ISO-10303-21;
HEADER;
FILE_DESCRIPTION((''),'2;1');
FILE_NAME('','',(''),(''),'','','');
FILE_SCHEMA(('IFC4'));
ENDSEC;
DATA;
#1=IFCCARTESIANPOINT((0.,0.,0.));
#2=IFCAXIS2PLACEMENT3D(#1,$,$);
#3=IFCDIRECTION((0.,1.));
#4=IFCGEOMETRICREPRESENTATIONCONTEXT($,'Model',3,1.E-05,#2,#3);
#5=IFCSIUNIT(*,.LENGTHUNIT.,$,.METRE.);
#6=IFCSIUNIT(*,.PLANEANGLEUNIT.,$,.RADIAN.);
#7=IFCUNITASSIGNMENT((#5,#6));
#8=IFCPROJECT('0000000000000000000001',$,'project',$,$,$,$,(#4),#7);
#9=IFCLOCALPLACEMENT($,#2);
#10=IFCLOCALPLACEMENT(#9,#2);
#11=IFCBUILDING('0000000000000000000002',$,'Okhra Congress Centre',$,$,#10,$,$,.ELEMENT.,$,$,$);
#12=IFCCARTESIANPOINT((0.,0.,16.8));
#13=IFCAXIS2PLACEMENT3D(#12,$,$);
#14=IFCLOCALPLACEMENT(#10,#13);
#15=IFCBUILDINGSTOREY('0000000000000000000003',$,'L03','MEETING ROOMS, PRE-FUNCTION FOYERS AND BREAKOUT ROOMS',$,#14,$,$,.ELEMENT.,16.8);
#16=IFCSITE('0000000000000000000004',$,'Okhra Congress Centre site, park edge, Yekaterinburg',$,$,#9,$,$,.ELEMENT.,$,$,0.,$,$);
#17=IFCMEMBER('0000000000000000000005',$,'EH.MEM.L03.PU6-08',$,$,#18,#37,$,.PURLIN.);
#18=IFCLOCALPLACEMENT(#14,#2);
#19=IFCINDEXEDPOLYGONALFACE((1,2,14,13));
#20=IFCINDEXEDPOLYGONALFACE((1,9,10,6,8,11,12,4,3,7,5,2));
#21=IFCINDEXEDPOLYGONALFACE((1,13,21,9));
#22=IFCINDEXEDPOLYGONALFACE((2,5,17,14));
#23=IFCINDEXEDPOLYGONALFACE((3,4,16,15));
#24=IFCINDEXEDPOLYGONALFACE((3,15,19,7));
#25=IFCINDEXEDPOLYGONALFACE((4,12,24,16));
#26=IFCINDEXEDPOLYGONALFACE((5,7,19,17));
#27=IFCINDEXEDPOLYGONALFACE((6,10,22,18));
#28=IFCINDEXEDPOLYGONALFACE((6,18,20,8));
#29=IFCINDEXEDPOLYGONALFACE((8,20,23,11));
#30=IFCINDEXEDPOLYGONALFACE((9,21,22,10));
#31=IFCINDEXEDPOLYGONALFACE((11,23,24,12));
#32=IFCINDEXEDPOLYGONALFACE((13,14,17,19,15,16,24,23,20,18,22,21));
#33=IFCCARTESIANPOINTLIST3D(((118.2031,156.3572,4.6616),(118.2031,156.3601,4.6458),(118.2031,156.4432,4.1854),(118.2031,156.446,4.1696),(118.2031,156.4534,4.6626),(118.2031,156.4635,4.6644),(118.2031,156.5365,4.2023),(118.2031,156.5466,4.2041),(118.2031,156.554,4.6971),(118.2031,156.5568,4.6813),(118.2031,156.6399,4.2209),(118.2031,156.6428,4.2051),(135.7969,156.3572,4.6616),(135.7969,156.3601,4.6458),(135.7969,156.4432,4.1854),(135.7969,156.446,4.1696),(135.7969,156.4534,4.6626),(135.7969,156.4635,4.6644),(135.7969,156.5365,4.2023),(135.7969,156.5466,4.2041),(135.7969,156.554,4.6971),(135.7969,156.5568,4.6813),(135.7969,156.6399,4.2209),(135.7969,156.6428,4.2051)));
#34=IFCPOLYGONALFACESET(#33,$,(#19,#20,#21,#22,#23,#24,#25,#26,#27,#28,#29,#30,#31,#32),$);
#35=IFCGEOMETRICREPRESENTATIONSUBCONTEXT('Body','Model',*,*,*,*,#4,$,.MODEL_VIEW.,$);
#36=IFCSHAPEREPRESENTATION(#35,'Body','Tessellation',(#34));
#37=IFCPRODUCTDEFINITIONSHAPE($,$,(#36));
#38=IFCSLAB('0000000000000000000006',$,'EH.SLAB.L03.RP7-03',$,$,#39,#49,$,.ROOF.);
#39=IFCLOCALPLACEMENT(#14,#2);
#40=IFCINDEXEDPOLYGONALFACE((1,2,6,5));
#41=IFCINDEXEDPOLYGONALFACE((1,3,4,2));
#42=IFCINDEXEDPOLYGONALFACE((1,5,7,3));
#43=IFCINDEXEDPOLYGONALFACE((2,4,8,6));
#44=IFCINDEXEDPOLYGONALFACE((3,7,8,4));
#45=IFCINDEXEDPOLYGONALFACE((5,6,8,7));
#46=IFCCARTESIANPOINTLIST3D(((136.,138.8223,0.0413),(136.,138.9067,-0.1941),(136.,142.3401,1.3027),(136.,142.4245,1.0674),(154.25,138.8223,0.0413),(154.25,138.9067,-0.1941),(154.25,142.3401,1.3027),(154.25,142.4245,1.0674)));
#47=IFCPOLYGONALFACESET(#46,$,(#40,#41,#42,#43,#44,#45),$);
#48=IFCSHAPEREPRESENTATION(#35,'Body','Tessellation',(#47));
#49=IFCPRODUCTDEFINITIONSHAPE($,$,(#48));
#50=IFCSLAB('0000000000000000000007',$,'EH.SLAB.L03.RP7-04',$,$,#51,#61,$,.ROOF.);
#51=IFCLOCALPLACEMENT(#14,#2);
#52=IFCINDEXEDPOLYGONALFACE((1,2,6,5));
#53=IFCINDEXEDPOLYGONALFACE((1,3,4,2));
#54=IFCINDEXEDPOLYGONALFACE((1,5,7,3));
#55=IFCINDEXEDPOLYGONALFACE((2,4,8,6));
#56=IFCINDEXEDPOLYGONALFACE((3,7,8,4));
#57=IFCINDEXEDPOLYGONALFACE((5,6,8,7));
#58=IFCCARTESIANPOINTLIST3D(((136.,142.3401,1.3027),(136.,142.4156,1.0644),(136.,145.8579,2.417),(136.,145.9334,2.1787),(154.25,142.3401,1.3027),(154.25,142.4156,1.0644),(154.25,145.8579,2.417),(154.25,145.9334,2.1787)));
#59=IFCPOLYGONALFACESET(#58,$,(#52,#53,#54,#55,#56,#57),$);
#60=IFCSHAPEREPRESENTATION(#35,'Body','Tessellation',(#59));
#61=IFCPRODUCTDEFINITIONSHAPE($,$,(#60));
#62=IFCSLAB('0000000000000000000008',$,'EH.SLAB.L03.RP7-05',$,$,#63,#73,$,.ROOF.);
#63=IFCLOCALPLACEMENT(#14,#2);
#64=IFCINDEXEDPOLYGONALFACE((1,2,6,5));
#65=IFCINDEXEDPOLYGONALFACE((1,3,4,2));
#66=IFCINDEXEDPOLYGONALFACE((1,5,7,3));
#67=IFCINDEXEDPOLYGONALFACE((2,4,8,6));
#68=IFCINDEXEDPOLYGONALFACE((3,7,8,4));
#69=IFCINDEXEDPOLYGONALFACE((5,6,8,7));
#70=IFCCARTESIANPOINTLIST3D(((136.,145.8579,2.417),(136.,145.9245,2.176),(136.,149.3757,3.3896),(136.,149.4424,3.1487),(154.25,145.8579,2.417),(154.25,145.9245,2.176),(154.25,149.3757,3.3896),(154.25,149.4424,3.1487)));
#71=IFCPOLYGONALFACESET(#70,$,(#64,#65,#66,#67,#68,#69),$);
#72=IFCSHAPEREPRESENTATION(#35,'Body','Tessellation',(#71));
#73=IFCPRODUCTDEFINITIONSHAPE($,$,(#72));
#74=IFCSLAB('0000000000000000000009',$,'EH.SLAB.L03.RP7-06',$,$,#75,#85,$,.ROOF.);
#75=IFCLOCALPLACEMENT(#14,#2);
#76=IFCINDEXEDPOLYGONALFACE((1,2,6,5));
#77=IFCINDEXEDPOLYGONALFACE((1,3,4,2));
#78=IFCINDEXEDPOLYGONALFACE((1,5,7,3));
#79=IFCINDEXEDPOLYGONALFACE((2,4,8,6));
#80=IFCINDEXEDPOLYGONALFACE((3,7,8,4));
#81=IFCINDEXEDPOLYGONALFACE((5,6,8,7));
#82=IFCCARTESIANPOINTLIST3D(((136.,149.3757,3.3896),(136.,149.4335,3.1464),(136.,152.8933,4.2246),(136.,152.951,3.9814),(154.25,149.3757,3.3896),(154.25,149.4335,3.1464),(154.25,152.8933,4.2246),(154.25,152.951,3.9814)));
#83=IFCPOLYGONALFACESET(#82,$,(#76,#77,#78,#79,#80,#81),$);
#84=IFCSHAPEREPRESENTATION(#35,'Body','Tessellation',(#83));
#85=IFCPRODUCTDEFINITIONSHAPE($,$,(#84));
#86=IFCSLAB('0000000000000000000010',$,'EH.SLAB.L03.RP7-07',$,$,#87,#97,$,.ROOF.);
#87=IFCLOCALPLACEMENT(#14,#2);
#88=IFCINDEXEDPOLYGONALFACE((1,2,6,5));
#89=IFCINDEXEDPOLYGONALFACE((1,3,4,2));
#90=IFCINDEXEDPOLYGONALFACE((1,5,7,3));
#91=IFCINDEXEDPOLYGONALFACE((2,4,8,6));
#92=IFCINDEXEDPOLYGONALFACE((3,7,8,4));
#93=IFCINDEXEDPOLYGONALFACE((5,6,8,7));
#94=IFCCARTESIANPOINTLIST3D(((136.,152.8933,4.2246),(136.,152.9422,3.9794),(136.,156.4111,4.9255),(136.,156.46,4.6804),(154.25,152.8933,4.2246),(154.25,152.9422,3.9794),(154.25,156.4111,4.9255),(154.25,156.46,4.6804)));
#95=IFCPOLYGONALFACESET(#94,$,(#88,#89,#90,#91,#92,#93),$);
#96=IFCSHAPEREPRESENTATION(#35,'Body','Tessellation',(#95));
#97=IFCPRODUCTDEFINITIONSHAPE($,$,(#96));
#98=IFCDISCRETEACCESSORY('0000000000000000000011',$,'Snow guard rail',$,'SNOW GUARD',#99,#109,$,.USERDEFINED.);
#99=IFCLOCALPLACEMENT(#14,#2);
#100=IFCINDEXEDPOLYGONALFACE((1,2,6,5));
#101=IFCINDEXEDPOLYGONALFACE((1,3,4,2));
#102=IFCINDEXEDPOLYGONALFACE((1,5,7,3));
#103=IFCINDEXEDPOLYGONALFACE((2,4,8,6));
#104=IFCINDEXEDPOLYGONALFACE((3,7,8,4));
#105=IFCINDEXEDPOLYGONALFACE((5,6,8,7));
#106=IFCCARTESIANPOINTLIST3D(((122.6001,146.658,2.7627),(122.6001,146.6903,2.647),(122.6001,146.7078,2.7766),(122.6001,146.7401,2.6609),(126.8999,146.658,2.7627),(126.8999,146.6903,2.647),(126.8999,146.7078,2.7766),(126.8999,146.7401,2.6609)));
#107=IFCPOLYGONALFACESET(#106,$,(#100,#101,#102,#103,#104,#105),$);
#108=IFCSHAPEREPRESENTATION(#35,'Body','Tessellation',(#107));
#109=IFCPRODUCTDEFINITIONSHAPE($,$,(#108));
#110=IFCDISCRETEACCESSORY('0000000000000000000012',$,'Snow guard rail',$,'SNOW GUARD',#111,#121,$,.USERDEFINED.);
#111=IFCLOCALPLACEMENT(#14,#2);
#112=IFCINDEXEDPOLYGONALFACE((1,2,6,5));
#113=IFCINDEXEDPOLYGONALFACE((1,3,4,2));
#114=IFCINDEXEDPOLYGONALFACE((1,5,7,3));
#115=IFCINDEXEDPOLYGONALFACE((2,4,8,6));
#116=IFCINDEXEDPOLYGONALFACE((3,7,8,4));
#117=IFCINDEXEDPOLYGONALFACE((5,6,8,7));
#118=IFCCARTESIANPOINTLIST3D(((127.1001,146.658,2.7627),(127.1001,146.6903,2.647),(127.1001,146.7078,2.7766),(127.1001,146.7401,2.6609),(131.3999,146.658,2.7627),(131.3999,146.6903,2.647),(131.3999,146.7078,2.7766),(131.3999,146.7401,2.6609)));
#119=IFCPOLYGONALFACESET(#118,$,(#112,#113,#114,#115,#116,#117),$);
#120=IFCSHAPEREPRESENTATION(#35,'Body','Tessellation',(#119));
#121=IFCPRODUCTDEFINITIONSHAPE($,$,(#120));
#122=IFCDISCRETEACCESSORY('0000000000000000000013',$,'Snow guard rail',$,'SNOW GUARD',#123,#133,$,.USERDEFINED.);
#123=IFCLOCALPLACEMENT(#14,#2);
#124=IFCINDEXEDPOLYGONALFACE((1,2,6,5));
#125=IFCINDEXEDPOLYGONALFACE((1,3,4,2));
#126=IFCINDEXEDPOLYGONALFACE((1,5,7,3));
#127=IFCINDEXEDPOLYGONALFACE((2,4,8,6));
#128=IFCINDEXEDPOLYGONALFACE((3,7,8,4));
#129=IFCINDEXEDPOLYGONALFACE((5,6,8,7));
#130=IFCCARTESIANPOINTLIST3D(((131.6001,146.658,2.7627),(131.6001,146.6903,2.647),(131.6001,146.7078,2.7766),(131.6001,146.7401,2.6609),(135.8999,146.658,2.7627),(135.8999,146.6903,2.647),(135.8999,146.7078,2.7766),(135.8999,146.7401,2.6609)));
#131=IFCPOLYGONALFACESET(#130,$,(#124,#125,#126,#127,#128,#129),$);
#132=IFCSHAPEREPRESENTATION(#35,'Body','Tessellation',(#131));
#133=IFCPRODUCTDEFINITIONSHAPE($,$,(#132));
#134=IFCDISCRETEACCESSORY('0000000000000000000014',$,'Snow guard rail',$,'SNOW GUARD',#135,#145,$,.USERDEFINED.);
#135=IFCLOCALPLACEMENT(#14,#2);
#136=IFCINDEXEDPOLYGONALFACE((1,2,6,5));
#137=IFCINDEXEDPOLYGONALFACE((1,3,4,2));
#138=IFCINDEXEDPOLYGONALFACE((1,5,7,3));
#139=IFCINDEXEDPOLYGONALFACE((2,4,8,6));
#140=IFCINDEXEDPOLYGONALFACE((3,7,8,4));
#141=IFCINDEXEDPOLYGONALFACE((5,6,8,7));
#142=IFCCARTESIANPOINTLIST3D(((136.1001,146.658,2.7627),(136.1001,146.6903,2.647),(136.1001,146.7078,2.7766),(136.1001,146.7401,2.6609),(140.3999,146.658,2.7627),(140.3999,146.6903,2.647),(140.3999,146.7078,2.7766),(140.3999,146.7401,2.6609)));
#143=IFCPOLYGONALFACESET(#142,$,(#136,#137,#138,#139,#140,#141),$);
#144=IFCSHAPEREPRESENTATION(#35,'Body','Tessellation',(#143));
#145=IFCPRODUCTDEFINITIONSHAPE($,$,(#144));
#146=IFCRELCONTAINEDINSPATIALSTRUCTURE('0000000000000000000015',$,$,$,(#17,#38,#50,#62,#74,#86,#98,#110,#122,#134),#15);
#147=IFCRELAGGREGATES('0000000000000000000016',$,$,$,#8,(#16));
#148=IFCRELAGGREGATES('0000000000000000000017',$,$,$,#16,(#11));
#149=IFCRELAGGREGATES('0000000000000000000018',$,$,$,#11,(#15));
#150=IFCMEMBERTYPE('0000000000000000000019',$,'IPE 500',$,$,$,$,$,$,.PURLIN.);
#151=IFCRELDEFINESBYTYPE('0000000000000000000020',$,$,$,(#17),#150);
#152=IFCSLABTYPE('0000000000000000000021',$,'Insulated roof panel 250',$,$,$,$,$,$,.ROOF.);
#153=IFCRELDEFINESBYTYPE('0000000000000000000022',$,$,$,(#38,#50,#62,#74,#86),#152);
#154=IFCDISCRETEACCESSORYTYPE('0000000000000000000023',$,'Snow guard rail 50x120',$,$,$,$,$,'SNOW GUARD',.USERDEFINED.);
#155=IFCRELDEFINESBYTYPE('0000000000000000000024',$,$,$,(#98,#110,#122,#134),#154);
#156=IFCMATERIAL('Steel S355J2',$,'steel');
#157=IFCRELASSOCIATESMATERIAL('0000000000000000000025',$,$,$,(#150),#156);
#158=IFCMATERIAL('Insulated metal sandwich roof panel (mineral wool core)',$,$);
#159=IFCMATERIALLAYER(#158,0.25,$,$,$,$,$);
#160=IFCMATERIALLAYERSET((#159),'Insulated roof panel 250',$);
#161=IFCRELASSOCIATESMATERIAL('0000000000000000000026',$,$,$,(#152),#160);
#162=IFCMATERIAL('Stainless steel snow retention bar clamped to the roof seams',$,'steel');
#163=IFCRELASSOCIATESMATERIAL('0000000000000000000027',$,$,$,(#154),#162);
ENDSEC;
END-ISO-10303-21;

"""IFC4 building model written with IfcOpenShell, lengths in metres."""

from ifc_helpers import new_model, si_unit, direction, frame, origin, origin_2d, place, context, subcontext, project, spatial, polyline, i_section, outline, extrude, material, layer, layer_set, material_profile, profile_set, type_object, element, save


model = new_model("IFC4")

# Units and contexts
model_context = context("Model", 3, precision=1e-05, world=origin(), true_north=direction((0.0, 1.0)))
body_context = subcontext(model_context, "Body", "Model", "MODEL_VIEW")
ifc_project = project(units=[si_unit("LENGTHUNIT", "METRE"), si_unit("PLANEANGLEUNIT", "RADIAN")], contexts=[model_context])

# Site, building, storey
site_placement = place(None, origin())
site = spatial("IfcSite", under=ifc_project, at=site_placement, Name="Okhra Congress Centre site, park edge, Yekaterinburg", CompositionType="ELEMENT", RefElevation=0.0)
building_placement = place(site_placement, origin())
building = spatial("IfcBuilding", under=site, at=building_placement, Name="Okhra Congress Centre", CompositionType="ELEMENT")
storey_placement = place(building_placement, frame((0.0, 0.0, 16.8)))
storey = spatial("IfcBuildingStorey", under=building, at=storey_placement, Name="L03", Description="MEETING ROOMS, PRE-FUNCTION FOYERS AND BREAKOUT ROOMS", CompositionType="ELEMENT", Elevation=16.8)

# Member
ifc_material_1 = material(Name="Steel S355J2", Category="steel")
ifc_material_profile_1 = material_profile(ifc_material_1, i_section(OverallWidth=0.2, OverallDepth=0.5, WebThickness=0.0103, FlangeThickness=0.0161, at=origin_2d()), Name="IPE 500")
ifc_profile_set_1 = profile_set([ifc_material_profile_1], Name="Steel S355J2")
member_type_1 = type_object("IfcMemberType", Name="IPE 500", PredefinedType="PURLIN", material=ifc_profile_set_1)
for number, where, z_axis, x_axis, name in (
    (1, (118.2031, 156.5, 4.4333), (1.0, 0.0, 0.0), (0.0, 0.98409, 0.177669), "EH.MEM.L03.PU6-08"),
):
    element("IfcMember", number, at=place(storey_placement, frame(where, z_axis=z_axis, x_axis=x_axis)), inside=storey, type_object=member_type_1, Name=name, PredefinedType="PURLIN", context=body_context, shape_type="SweptSolid", body=[
        extrude(i_section(OverallWidth=0.2, OverallDepth=0.5, WebThickness=0.0103, FlangeThickness=0.0161, at=origin_2d()), origin(), (0.0, 0.0, 1.0), 17.5938),
    ])

# Slabs
ifc_material_2 = material(Name="Insulated metal sandwich roof panel (mineral wool core)")
ifc_layer = layer(ifc_material_2, 0.25)
ifc_layer_set = layer_set([ifc_layer], Name="Insulated roof panel 250")
slab_type = type_object("IfcSlabType", Name="Insulated roof panel 250", PredefinedType="ROOF", material=ifc_layer_set)
slab_1_placement = place(storey_placement, frame((136.0, 138.8223, 0.0413), z_axis=(0.0, -0.337549, 0.941308), x_axis=(1.0, 0.0, 0.0)))
element("IfcSlab", 2, at=slab_1_placement, inside=storey, type_object=slab_type, Name="EH.SLAB.L03.RP7-03", PredefinedType="ROOF", context=body_context, shape_type="SweptSolid", body=[
    extrude(outline(polyline([(0.0, 0.0), (18.25, 0.0), (18.25, 3.7372), (0.0, 3.7372), (0.0, 0.0)])), origin(), (0.0, 0.0, -1.0), 0.25),
])
slab_2_placement = place(storey_placement, frame((136.0, 142.3401, 1.3027), z_axis=(0.0, -0.301961, 0.95332), x_axis=(1.0, 0.0, 0.0)))
element("IfcSlab", 3, at=slab_2_placement, inside=storey, type_object=slab_type, Name="EH.SLAB.L03.RP7-04", PredefinedType="ROOF", context=body_context, shape_type="SweptSolid", body=[
    extrude(outline(polyline([(0.0, 0.0), (18.25, 0.0), (18.25, 3.6901), (0.0, 3.6901), (0.0, 0.0)])), origin(), (0.0, 0.0, -1.0), 0.25),
])
slab_3_placement = place(storey_placement, frame((136.0, 145.8579, 2.417), z_axis=(0.0, -0.266495, 0.963836), x_axis=(1.0, 0.0, 0.0)))
element("IfcSlab", 4, at=slab_3_placement, inside=storey, type_object=slab_type, Name="EH.SLAB.L03.RP7-05", PredefinedType="ROOF", context=body_context, shape_type="SweptSolid", body=[
    extrude(outline(polyline([(0.0, 0.0), (18.25, 0.0), (18.25, 3.6498), (0.0, 3.6498), (0.0, 0.0)])), origin(), (0.0, 0.0, -1.0), 0.25),
])
slab_4_placement = place(storey_placement, frame((136.0, 149.3757, 3.3896), z_axis=(0.0, -0.230951, 0.972965), x_axis=(1.0, 0.0, 0.0)))
element("IfcSlab", 5, at=slab_4_placement, inside=storey, type_object=slab_type, Name="EH.SLAB.L03.RP7-06", PredefinedType="ROOF", context=body_context, shape_type="SweptSolid", body=[
    extrude(outline(polyline([(0.0, 0.0), (18.25, 0.0), (18.25, 3.6153), (0.0, 3.6153), (0.0, 0.0)])), origin(), (0.0, 0.0, -1.0), 0.25),
])
slab_5_placement = place(storey_placement, frame((136.0, 152.8933, 4.2246), z_axis=(0.0, -0.195409, 0.980722), x_axis=(1.0, 0.0, 0.0)))
element("IfcSlab", 6, at=slab_5_placement, inside=storey, type_object=slab_type, Name="EH.SLAB.L03.RP7-07", PredefinedType="ROOF", context=body_context, shape_type="SweptSolid", body=[
    extrude(outline(polyline([(0.0, 0.0), (18.25, 0.0), (18.25, 3.587), (0.0, 3.587), (0.0, 0.0)])), origin(), (0.0, 0.0, -1.0), 0.25),
])

# Discrete accessories
ifc_material_3 = material(Name="Stainless steel snow retention bar clamped to the roof seams", Category="steel")
discrete_accessory_type = type_object("IfcDiscreteAccessoryType", Name="Snow guard rail 50x120", ElementType="SNOW GUARD", PredefinedType="USERDEFINED", material=ifc_material_3)
for number, where, z_axis, x_axis, name in (
    (7, (122.6001, 146.658, 2.7627), (0.0, -0.269105, 0.963111), (1.0, 0.0, 0.0), "Snow guard rail"),
    (8, (127.1001, 146.658, 2.7627), (0.0, -0.269105, 0.963111), (1.0, 0.0, 0.0), "Snow guard rail"),
    (9, (131.6001, 146.658, 2.7627), (0.0, -0.269105, 0.963111), (1.0, 0.0, 0.0), "Snow guard rail"),
    (10, (136.1001, 146.658, 2.7627), (0.0, -0.269105, 0.963111), (1.0, 0.0, 0.0), "Snow guard rail"),
):
    element("IfcDiscreteAccessory", number, at=place(storey_placement, frame(where, z_axis=z_axis, x_axis=x_axis)), inside=storey, type_object=discrete_accessory_type, Name=name, ObjectType="SNOW GUARD", PredefinedType="USERDEFINED", context=body_context, shape_type="SweptSolid", body=[
        extrude(outline(polyline([(0.0, 0.0), (4.2998, 0.0), (4.2998, 0.0517), (0.0, 0.0517), (0.0, 0.0)])), origin(), (0.0, 0.0, -1.0), 0.1201),
    ])

save(model, "model.ifc")
